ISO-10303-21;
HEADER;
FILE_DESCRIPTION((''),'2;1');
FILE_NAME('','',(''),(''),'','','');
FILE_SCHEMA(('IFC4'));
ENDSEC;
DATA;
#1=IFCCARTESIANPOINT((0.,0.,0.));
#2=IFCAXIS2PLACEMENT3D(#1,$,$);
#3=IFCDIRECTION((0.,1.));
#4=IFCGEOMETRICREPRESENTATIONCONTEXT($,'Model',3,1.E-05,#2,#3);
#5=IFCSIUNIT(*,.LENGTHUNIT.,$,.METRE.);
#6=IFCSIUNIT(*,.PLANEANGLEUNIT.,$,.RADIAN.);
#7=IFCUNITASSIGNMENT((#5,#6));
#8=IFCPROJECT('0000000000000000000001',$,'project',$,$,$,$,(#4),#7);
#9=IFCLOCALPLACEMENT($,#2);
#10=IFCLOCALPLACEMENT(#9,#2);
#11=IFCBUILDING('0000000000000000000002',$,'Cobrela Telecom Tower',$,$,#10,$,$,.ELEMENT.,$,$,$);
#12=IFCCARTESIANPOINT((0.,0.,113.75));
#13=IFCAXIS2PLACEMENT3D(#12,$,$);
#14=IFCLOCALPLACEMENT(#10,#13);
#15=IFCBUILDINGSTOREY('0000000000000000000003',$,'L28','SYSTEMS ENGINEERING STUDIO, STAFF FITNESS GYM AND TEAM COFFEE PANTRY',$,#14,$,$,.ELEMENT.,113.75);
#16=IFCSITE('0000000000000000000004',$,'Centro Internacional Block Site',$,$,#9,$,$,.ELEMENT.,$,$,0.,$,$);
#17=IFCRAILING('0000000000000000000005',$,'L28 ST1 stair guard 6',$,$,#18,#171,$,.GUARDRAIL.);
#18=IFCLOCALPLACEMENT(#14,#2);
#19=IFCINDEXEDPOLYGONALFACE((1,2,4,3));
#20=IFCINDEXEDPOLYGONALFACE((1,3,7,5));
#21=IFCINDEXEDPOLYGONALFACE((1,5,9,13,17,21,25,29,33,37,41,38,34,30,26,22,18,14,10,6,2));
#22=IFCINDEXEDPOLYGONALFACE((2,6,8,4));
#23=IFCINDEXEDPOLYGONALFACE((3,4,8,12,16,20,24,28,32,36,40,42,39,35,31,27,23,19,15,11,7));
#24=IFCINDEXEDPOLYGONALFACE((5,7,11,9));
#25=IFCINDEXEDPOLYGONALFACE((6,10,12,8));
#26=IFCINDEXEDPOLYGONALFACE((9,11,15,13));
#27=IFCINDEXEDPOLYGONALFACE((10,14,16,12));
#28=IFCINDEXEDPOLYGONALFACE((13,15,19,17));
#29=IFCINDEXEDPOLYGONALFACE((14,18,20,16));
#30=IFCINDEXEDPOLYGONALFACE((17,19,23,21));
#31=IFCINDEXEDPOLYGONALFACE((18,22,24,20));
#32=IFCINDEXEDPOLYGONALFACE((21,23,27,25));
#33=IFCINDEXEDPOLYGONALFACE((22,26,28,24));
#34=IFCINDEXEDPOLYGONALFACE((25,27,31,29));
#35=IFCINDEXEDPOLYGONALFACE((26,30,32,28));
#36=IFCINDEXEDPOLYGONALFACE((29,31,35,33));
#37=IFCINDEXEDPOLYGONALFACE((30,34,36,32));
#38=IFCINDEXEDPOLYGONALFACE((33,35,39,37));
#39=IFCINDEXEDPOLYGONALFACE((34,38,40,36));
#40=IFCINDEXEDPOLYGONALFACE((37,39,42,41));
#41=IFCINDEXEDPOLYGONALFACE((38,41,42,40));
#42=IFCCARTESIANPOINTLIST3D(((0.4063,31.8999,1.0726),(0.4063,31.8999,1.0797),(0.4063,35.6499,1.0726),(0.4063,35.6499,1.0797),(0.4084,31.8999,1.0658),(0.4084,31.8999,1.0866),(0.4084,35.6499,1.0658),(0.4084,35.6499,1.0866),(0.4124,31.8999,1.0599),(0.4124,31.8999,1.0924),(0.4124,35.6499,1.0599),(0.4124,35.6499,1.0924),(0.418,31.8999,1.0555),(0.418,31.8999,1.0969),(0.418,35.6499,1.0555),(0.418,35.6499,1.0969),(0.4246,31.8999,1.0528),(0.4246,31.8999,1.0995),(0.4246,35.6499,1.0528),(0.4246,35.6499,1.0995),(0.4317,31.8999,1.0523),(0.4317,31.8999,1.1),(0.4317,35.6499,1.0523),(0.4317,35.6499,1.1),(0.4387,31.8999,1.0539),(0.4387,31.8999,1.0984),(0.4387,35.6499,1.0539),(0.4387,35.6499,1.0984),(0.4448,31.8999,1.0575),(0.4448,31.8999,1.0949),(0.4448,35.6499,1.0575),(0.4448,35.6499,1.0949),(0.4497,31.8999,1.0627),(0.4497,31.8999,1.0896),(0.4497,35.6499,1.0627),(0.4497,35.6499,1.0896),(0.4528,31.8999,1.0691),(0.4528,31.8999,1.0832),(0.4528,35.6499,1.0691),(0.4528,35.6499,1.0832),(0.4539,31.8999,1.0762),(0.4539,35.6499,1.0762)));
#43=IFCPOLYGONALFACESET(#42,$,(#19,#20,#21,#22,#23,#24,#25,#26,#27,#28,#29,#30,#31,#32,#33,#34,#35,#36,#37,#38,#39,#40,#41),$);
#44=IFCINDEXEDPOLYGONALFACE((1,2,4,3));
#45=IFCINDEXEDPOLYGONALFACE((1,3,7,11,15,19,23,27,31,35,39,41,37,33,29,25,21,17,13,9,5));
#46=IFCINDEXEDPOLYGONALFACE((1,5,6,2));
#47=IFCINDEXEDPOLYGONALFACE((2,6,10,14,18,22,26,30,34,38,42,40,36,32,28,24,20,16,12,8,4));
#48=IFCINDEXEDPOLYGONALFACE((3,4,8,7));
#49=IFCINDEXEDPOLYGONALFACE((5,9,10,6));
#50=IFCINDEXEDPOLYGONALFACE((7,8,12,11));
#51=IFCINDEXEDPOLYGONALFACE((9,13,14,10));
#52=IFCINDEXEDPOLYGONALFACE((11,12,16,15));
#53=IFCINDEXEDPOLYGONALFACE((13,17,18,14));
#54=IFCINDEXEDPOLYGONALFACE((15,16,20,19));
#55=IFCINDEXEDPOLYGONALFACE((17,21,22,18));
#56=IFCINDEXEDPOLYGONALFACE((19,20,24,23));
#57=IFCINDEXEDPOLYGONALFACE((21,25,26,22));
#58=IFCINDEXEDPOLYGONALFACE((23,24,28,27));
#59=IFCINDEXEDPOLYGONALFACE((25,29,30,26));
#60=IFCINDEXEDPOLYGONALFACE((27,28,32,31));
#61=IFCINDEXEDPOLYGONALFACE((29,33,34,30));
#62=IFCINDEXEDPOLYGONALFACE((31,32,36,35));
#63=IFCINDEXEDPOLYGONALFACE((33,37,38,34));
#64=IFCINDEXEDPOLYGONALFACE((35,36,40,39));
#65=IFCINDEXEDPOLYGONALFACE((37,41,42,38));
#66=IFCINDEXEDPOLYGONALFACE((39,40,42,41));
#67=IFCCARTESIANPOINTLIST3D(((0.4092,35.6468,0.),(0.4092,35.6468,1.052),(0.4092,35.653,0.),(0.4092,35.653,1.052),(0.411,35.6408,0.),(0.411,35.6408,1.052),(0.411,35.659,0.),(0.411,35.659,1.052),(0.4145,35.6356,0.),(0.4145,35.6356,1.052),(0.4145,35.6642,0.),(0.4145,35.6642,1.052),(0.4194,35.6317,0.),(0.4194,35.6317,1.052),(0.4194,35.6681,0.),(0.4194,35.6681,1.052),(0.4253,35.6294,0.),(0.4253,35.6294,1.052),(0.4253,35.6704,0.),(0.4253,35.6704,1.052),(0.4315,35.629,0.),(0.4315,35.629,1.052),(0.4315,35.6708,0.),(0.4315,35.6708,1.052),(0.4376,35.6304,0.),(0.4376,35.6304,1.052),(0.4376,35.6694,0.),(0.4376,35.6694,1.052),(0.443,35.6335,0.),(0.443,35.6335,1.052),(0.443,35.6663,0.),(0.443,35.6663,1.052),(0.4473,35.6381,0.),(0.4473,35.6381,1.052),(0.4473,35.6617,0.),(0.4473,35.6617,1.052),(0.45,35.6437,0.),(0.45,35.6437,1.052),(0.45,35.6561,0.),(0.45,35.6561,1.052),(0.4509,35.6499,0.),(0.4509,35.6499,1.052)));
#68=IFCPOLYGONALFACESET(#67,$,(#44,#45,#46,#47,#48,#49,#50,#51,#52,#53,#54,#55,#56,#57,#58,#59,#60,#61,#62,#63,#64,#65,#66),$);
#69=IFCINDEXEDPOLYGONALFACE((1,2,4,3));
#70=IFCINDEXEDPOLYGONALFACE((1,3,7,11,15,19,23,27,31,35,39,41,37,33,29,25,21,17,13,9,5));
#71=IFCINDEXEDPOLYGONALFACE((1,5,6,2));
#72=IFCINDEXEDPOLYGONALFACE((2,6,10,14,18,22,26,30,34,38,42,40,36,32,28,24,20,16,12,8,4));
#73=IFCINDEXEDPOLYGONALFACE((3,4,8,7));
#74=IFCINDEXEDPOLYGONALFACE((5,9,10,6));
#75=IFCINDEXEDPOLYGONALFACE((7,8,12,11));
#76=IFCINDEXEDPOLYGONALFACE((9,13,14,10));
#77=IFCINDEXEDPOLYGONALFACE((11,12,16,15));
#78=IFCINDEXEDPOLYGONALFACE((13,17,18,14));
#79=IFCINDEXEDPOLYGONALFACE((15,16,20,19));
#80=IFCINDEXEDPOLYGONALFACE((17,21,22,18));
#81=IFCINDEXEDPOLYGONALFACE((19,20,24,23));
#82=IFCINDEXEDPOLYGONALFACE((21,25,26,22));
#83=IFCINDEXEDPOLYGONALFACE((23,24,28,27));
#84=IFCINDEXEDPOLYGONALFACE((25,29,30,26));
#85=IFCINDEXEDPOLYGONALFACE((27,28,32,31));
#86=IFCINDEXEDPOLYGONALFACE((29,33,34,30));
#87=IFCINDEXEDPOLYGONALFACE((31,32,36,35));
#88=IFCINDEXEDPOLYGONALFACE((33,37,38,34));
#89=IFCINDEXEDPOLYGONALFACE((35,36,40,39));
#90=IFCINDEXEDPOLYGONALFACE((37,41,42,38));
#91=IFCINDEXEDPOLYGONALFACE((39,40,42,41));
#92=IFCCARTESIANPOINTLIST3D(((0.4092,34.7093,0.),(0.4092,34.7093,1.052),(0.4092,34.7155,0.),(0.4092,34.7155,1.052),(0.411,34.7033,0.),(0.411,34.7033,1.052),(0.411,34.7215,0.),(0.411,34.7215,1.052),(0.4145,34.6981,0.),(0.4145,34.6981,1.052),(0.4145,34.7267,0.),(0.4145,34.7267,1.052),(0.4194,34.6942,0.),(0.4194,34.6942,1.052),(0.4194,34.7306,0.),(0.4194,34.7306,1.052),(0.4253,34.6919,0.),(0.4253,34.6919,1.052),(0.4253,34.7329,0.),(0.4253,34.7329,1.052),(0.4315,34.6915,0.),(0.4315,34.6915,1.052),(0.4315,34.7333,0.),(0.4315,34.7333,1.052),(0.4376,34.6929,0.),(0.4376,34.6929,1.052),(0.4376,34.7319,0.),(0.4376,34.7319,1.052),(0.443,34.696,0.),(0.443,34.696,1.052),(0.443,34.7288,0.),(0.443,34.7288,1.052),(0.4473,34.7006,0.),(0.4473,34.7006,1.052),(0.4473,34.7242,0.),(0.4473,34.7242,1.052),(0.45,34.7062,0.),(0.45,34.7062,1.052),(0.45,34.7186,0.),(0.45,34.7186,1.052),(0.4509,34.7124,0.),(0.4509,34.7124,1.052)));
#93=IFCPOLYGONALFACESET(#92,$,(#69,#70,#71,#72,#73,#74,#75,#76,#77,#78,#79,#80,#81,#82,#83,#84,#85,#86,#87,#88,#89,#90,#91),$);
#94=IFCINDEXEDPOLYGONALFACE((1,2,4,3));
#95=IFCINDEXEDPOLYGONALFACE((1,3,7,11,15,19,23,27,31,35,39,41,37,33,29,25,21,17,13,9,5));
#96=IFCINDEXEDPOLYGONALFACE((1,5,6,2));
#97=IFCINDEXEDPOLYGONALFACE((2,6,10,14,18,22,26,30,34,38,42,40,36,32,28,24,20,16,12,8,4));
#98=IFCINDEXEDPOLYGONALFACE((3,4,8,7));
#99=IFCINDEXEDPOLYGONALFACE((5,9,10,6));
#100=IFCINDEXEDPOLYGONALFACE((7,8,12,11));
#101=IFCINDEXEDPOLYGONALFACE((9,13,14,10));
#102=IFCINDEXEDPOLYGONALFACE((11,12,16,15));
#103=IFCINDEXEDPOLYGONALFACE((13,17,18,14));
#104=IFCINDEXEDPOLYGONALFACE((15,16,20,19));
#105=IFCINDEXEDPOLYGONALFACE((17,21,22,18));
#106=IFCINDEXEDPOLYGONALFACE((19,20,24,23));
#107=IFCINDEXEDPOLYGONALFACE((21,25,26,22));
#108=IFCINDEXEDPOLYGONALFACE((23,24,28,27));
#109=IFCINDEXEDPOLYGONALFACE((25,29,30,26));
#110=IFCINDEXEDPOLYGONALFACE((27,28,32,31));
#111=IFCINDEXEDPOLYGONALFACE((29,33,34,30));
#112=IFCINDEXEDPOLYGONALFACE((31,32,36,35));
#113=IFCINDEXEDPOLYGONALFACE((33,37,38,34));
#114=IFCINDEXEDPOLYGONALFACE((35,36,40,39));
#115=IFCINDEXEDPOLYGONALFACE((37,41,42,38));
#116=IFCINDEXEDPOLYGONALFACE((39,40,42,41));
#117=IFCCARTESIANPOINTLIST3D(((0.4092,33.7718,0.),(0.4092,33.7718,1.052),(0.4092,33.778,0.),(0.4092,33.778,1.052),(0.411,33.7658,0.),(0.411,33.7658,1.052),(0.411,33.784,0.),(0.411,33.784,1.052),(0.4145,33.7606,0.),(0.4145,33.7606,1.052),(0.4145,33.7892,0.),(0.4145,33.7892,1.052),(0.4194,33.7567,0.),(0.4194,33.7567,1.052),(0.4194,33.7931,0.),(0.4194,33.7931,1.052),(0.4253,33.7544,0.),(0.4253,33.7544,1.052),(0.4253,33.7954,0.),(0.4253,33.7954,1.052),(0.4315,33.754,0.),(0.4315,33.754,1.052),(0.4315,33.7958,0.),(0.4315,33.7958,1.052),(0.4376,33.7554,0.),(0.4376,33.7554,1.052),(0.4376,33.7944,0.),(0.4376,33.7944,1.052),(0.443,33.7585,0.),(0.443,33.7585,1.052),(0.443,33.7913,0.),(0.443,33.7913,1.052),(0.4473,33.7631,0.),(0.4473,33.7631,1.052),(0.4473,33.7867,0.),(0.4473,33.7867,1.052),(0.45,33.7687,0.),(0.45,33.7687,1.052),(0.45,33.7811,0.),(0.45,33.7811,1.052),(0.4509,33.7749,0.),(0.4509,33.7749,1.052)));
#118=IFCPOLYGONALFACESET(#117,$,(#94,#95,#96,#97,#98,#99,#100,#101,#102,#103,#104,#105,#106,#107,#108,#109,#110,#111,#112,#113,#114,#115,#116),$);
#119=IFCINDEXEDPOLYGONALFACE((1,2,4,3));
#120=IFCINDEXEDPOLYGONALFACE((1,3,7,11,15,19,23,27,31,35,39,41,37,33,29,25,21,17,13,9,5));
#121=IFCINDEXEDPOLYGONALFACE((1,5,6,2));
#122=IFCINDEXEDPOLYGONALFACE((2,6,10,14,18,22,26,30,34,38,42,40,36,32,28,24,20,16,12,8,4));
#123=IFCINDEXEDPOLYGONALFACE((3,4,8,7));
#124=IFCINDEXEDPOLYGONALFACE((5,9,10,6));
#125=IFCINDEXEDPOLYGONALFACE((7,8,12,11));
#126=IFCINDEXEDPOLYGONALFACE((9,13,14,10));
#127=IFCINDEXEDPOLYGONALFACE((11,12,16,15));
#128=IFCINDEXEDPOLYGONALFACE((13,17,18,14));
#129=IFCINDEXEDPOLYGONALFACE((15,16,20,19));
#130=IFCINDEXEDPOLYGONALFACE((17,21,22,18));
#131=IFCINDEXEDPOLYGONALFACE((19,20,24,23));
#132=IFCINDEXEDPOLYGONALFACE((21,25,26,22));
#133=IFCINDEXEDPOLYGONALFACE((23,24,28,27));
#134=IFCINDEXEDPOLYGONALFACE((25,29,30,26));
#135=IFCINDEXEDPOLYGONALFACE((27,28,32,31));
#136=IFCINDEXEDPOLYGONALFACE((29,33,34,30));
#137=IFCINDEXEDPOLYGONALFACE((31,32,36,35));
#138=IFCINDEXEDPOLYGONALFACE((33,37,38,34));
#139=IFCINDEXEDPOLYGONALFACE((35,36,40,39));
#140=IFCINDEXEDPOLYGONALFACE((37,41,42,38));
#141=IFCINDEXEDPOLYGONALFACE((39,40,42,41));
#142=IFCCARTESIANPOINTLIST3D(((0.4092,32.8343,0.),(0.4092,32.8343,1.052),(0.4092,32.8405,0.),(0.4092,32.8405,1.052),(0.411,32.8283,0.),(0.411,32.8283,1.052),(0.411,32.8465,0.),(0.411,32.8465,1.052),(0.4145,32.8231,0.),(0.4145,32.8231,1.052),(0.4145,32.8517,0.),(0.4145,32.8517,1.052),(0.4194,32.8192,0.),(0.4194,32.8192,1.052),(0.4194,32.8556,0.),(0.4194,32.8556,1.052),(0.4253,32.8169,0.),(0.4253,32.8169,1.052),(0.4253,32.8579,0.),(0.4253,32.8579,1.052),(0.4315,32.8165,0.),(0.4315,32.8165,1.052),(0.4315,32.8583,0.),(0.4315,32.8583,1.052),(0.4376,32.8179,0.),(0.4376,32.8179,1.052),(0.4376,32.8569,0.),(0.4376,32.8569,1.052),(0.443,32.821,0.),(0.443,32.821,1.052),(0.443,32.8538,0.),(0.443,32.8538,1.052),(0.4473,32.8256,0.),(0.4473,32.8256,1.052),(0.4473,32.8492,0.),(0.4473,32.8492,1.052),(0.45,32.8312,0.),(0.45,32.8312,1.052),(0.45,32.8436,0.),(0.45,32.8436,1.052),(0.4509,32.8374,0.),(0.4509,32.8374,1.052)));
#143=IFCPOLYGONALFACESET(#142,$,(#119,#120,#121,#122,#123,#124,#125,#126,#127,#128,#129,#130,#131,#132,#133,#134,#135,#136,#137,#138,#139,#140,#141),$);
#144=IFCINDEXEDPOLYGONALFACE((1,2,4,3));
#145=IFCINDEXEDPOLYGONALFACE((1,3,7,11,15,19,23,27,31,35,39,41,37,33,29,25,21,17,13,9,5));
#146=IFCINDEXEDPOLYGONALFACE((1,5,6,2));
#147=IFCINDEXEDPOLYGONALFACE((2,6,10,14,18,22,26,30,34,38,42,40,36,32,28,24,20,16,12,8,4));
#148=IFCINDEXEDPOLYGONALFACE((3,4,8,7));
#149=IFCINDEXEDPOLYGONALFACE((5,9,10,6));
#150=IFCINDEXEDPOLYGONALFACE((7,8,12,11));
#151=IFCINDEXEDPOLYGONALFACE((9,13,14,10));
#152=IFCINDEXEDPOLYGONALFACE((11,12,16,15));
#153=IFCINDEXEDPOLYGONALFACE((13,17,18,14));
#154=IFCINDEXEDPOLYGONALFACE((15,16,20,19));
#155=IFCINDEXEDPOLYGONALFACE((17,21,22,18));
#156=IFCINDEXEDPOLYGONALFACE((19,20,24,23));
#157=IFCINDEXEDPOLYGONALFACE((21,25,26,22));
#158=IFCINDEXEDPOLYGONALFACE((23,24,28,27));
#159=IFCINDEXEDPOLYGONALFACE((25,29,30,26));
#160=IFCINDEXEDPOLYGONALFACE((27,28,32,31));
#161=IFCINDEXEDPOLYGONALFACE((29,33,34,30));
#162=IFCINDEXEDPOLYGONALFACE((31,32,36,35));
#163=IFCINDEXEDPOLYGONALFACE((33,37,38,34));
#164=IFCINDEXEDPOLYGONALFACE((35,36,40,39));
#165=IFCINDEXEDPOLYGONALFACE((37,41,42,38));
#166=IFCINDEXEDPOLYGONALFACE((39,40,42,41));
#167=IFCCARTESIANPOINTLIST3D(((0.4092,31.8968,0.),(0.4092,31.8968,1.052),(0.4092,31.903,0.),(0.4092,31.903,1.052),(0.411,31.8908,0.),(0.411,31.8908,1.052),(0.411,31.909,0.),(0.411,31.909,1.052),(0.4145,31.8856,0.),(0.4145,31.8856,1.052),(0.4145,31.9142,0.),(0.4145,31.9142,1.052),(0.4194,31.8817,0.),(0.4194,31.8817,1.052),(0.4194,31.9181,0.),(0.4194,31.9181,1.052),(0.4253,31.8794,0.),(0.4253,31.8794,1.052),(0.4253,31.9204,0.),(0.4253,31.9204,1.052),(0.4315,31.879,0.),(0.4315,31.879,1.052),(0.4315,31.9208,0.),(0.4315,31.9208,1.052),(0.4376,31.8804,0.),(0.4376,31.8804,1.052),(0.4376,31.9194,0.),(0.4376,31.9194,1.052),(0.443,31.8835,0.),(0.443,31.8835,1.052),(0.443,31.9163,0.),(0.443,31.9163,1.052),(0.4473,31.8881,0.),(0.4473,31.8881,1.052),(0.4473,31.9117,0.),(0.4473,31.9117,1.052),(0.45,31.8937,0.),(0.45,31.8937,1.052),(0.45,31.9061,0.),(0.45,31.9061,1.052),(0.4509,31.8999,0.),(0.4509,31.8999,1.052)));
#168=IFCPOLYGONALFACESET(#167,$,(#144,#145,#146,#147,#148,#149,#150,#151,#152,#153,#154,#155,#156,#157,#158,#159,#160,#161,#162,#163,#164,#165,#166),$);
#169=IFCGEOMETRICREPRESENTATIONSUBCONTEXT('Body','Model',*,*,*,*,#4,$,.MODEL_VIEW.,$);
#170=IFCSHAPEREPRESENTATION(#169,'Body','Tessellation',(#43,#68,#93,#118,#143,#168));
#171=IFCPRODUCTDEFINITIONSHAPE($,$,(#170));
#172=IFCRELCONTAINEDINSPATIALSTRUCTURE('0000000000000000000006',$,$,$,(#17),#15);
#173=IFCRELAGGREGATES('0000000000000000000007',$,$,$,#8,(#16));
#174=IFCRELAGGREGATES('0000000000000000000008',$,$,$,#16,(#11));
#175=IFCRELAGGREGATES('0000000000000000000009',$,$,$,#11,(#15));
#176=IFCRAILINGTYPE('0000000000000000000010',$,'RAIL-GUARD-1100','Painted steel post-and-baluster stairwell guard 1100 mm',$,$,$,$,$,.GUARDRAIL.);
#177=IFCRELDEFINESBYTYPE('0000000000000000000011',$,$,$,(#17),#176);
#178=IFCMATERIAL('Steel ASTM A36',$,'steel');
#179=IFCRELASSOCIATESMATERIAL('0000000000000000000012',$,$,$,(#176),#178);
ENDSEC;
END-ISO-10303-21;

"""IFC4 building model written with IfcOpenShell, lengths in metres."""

from ifc_helpers import new_model, si_unit, direction, frame, origin, origin_2d, place, context, subcontext, project, spatial, circle, extrude, material, type_object, element, save


model = new_model("IFC4")

# Units and contexts
model_context = context("Model", 3, precision=1e-05, world=origin(), true_north=direction((0.0, 1.0)))
body_context = subcontext(model_context, "Body", "Model", "MODEL_VIEW")
ifc_project = project(units=[si_unit("LENGTHUNIT", "METRE"), si_unit("PLANEANGLEUNIT", "RADIAN")], contexts=[model_context])

# Site, building, storey
site_placement = place(None, origin())
site = spatial("IfcSite", under=ifc_project, at=site_placement, Name="Centro Internacional Block Site", CompositionType="ELEMENT", RefElevation=0.0)
building_placement = place(site_placement, origin())
building = spatial("IfcBuilding", under=site, at=building_placement, Name="Cobrela Telecom Tower", CompositionType="ELEMENT")
storey_placement = place(building_placement, frame((0.0, 0.0, 113.75)))
storey = spatial("IfcBuildingStorey", under=building, at=storey_placement, Name="L28", Description="SYSTEMS ENGINEERING STUDIO, STAFF FITNESS GYM AND TEAM COFFEE PANTRY", CompositionType="ELEMENT", Elevation=113.75)

# Shared definitions
ifc_material_1 = material(Name="Steel ASTM A36", Category="steel")

# Railing
railing_type_1 = type_object("IfcRailingType", Name="RAIL-GUARD-1100", Description="Painted steel post-and-baluster stairwell guard 1100 mm", PredefinedType="GUARDRAIL", material=ifc_material_1)
railing_1_placement = place(storey_placement, frame((0.4299, 35.6499, 0.0)))
element("IfcRailing", 1, at=railing_1_placement, inside=storey, type_object=railing_type_1, Name="L28 ST1 stair guard 6", PredefinedType="GUARDRAIL", context=body_context, shape_type="SweptSolid", body=[
    extrude(circle(Radius=0.0239, at=origin_2d()), frame((0.0, 0.0, 1.0762), z_axis=(0.0, -1.0, 0.0), x_axis=(1.0, 0.0, 0.0)), (0.0, 0.0, 1.0), 3.75),
    extrude(circle(Radius=0.021, at=origin_2d()), origin(), (0.0, 0.0, 1.0), 1.052),
    extrude(circle(Radius=0.021, at=origin_2d()), frame((0.0, -0.9375, 0.0)), (0.0, 0.0, 1.0), 1.052),
    extrude(circle(Radius=0.021, at=origin_2d()), frame((0.0, -1.875, 0.0)), (0.0, 0.0, 1.0), 1.052),
    extrude(circle(Radius=0.021, at=origin_2d()), frame((0.0, -2.8125, 0.0)), (0.0, 0.0, 1.0), 1.052),
    extrude(circle(Radius=0.021, at=origin_2d()), frame((0.0, -3.75, 0.0)), (0.0, 0.0, 1.0), 1.052),
])

save(model, "model.ifc")
